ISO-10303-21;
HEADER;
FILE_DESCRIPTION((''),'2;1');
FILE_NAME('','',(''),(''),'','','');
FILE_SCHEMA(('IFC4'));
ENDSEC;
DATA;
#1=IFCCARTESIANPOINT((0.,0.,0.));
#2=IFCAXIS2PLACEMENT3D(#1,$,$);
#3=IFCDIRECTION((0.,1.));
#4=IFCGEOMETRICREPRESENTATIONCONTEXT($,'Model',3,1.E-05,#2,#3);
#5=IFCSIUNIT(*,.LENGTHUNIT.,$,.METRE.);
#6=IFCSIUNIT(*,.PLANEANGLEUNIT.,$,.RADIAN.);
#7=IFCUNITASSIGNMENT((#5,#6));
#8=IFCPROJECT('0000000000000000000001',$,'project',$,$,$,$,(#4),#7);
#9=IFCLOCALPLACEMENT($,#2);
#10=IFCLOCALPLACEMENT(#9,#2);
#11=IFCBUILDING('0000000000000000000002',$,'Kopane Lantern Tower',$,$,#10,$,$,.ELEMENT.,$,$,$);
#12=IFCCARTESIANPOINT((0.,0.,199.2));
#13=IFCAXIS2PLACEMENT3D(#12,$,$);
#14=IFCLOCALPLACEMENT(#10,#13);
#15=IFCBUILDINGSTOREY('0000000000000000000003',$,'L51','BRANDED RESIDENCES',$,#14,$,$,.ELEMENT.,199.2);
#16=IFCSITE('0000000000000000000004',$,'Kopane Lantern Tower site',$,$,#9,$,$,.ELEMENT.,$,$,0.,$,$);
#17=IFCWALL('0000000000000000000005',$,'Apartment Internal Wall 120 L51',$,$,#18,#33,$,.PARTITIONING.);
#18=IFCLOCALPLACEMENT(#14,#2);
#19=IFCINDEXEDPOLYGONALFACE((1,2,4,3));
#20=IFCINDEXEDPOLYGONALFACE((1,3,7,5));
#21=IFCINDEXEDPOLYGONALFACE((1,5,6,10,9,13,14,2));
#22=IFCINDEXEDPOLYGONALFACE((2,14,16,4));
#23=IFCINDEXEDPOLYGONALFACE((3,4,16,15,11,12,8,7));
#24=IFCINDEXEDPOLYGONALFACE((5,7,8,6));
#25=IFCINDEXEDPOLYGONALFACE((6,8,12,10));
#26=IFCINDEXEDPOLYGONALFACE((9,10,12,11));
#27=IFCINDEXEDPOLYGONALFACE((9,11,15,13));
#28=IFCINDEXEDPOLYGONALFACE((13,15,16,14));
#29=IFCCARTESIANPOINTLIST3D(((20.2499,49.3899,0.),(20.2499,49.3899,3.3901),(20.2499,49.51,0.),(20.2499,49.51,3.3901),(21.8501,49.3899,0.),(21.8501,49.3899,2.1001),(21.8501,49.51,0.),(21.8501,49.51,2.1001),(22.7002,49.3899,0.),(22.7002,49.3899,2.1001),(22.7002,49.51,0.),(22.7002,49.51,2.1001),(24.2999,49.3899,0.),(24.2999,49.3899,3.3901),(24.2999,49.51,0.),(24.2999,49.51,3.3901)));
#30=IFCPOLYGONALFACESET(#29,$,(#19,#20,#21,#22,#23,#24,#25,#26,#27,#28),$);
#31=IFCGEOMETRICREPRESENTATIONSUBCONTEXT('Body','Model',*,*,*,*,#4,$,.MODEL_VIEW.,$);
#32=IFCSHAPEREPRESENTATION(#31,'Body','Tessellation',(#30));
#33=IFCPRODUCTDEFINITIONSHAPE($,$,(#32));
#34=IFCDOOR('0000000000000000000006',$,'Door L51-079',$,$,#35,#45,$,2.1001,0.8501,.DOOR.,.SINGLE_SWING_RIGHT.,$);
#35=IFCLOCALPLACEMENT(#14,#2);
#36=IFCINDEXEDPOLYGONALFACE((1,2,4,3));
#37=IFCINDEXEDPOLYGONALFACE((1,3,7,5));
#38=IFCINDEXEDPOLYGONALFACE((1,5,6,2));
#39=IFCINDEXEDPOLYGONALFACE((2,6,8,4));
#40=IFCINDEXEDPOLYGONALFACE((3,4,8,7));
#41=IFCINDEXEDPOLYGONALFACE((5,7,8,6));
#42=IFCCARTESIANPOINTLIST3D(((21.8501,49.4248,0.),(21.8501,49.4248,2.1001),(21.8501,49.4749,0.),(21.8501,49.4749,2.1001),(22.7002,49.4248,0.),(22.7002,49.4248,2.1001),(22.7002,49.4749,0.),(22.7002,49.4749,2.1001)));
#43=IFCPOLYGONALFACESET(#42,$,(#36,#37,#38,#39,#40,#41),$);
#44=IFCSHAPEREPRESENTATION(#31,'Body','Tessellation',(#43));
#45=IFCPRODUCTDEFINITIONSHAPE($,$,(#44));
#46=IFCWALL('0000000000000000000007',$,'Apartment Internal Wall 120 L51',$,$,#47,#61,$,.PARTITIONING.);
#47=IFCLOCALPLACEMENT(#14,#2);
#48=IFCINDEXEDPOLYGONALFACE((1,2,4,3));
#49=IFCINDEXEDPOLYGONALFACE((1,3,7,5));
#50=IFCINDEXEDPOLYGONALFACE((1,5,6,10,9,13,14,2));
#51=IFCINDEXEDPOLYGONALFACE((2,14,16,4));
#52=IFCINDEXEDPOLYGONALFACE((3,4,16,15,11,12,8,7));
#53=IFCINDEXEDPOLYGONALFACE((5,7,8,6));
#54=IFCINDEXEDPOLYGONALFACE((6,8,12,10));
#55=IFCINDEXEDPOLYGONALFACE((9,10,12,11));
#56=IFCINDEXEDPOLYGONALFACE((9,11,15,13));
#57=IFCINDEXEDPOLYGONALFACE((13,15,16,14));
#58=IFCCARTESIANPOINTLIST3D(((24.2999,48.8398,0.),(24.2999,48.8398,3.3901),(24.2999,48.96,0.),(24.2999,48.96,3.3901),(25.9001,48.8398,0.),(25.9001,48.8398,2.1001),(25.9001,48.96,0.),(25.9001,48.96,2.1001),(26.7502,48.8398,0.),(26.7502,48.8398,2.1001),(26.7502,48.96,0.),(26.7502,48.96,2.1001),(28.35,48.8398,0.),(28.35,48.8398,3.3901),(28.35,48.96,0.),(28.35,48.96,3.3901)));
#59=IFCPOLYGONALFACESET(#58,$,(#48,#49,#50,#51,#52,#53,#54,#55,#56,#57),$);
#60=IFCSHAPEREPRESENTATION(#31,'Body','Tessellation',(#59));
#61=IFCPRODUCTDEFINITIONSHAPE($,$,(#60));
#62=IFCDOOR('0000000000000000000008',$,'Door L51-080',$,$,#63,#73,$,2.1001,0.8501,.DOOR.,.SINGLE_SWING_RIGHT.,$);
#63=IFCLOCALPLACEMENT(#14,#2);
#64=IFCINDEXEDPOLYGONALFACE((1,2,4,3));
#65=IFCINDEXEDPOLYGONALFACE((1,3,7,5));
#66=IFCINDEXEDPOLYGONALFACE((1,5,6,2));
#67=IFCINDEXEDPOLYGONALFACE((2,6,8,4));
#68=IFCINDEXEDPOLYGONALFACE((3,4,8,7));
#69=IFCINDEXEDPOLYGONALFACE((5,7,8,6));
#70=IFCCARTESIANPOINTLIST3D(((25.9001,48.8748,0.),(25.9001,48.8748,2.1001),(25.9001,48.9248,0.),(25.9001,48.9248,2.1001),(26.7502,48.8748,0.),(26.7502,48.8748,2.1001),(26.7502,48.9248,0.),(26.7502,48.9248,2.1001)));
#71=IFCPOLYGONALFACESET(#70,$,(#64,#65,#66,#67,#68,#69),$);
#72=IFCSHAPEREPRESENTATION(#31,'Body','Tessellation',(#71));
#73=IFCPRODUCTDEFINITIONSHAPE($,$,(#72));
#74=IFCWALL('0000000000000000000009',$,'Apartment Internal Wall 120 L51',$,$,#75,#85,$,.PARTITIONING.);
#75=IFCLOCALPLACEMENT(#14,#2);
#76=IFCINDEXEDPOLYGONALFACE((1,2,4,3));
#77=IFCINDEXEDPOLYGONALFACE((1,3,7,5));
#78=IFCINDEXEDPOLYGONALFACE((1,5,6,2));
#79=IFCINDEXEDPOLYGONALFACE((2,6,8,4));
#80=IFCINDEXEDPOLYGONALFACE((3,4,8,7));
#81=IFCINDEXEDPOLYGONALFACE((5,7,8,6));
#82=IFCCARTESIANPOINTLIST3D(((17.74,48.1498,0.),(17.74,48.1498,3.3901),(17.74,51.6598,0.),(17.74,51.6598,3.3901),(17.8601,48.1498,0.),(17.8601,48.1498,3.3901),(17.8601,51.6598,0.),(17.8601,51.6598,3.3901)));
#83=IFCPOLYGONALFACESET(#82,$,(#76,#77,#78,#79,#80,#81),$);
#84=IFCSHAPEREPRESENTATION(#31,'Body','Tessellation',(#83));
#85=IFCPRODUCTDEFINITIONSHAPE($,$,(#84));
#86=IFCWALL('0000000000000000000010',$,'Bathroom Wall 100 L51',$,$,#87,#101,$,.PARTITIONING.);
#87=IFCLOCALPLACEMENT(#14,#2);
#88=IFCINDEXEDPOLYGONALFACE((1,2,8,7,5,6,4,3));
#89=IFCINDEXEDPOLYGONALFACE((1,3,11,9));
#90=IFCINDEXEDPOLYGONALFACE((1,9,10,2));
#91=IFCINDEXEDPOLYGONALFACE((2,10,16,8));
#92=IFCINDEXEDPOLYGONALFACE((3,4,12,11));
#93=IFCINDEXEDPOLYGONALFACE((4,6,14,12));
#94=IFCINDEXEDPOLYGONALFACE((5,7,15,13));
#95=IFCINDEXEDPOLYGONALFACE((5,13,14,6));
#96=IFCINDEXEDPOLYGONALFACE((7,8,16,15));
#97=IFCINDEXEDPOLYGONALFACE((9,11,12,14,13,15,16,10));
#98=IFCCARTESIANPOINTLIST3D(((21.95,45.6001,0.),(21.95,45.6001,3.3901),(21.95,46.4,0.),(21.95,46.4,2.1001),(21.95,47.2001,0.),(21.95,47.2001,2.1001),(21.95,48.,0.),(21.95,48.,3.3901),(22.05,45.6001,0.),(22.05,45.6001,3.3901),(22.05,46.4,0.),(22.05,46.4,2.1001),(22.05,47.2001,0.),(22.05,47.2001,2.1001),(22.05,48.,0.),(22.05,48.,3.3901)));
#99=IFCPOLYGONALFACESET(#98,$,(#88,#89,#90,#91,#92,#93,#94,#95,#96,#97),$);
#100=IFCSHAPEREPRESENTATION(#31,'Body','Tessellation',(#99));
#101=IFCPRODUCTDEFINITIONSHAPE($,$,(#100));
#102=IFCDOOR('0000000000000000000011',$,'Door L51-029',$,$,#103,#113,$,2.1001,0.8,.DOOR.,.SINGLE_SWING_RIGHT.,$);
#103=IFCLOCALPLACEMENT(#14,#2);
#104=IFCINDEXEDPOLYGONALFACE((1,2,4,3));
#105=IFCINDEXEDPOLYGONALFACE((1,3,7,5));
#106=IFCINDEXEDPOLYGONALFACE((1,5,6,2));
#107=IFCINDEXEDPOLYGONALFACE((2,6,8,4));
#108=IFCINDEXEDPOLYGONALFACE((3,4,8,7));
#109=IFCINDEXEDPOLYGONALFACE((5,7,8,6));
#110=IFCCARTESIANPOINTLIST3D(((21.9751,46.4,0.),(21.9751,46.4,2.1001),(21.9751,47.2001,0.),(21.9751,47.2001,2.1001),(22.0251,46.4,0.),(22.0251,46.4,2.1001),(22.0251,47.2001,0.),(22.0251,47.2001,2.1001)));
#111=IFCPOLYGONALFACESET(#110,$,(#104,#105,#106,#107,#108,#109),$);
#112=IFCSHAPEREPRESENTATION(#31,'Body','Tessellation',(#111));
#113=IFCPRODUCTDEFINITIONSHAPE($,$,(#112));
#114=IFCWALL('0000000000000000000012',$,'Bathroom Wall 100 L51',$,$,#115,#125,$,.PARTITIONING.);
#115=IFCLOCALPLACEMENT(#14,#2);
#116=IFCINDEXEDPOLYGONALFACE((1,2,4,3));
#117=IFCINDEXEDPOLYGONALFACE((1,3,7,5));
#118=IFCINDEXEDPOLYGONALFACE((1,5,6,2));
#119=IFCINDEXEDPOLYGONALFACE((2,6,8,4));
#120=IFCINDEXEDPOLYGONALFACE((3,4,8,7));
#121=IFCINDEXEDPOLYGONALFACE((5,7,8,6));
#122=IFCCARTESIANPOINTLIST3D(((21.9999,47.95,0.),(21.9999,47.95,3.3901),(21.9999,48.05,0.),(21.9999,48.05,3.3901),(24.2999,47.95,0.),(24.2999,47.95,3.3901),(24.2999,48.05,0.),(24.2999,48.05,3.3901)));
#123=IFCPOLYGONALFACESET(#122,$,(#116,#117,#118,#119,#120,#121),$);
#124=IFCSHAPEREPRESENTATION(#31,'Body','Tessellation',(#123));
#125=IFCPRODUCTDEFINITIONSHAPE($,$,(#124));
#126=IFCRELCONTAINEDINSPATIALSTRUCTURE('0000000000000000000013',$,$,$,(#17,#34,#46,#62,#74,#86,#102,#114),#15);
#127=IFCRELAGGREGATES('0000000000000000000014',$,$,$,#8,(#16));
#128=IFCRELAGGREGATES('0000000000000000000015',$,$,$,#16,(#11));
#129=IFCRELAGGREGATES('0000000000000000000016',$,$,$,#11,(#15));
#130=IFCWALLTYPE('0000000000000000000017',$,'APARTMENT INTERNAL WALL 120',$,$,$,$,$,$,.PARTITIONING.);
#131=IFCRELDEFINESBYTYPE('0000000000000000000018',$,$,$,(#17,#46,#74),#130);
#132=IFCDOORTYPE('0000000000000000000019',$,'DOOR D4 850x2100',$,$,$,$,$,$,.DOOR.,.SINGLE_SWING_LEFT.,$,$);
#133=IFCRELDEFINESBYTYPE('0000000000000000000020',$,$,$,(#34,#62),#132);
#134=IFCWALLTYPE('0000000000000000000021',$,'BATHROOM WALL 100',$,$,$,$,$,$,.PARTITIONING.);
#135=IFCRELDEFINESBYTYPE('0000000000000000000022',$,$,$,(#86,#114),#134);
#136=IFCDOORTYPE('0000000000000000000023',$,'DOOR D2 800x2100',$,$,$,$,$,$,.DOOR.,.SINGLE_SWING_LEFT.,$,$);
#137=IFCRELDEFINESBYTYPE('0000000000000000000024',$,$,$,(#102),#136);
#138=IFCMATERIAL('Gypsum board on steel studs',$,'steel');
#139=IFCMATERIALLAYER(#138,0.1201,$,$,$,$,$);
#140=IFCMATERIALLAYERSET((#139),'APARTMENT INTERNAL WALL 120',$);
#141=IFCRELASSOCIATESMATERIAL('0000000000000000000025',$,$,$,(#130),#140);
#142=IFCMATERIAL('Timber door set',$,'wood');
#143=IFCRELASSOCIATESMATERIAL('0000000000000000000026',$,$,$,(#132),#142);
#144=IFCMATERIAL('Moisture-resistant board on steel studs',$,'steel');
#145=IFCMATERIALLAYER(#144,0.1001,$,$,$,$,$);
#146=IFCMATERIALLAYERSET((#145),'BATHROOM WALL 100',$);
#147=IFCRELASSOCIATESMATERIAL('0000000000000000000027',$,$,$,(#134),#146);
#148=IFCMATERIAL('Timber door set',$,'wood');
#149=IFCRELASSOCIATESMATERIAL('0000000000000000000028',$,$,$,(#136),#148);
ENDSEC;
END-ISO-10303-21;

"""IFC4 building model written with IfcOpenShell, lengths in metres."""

from ifc_helpers import new_model, si_unit, direction, frame, frame_2d, origin, place, context, subcontext, project, spatial, rectangle, extrude, material, layer, layer_set, type_object, element, fill, save


model = new_model("IFC4")

# Units and contexts
model_context = context("Model", 3, precision=1e-05, world=origin(), true_north=direction((0.0, 1.0)))
body_context = subcontext(model_context, "Body", "Model", "MODEL_VIEW")
ifc_project = project(units=[si_unit("LENGTHUNIT", "METRE"), si_unit("PLANEANGLEUNIT", "RADIAN")], contexts=[model_context])

# Site, building, storey
site_placement = place(None, origin())
site = spatial("IfcSite", under=ifc_project, at=site_placement, Name="Kopane Lantern Tower site", CompositionType="ELEMENT", RefElevation=0.0)
building_placement = place(site_placement, origin())
building = spatial("IfcBuilding", under=site, at=building_placement, Name="Kopane Lantern Tower", CompositionType="ELEMENT")
storey_placement = place(building_placement, frame((0.0, 0.0, 199.2)))
storey = spatial("IfcBuildingStorey", under=building, at=storey_placement, Name="L51", Description="BRANDED RESIDENCES", CompositionType="ELEMENT", Elevation=199.2)

# Shared definitions
ifc_material_1 = material(Name="Gypsum board on steel studs", Category="steel")
ifc_layer_1 = layer(ifc_material_1, 0.1201)
ifc_layer_set_1 = layer_set([ifc_layer_1], Name="APARTMENT INTERNAL WALL 120")
wall_type_1 = type_object("IfcWallType", Name="APARTMENT INTERNAL WALL 120", PredefinedType="PARTITIONING", material=ifc_layer_set_1)

# Walls, openings, doors
ifc_material_2 = material(Name="Timber door set", Category="wood")
door_type_1 = type_object("IfcDoorType", Name="DOOR D4 850x2100", OperationType="SINGLE_SWING_LEFT", PredefinedType="DOOR", material=ifc_material_2)
wall_1_placement = place(storey_placement, frame((20.25, 49.45, 0.0), z_axis=(0.0, 0.0, 1.0), x_axis=(1.0, 0.0, 0.0)))
wall_1 = element("IfcWall", 1, at=wall_1_placement, inside=storey, type_object=wall_type_1, Name="Apartment Internal Wall 120 L51", PredefinedType="PARTITIONING", context=body_context, shape_type="SweptSolid", body=[
    extrude(rectangle(XDim=4.05, YDim=0.1201, at=frame_2d((2.0249, 0.0))), origin(), (0.0, 0.0, 1.0), 3.3901),
])
opening_1_placement = place(wall_1_placement, frame((1.6001, 0.0, 0.0)))
opening_1 = element("IfcOpeningElement", 2, at=opening_1_placement, cuts=wall_1, PredefinedType="OPENING", context=body_context, shape_type="SweptSolid", body=[
    extrude(rectangle(XDim=0.8501, YDim=2.1001, at=frame_2d((0.425, 1.05))), frame((0.0, 0.0701, 0.0), z_axis=(0.0, -1.0, 0.0), x_axis=(1.0, 0.0, 0.0)), (0.0, 0.0, 1.0), 0.1401),
])
door_1_placement = place(opening_1_placement, origin())
door_1 = element("IfcDoor", 3, at=door_1_placement, inside=storey, type_object=door_type_1, Name="Door L51-079", OperationType="SINGLE_SWING_RIGHT", OverallHeight=2.1001, OverallWidth=0.8501, PredefinedType="DOOR", context=body_context, shape_type="SweptSolid", body=[
    extrude(rectangle(XDim=0.8501, YDim=2.1001, at=frame_2d((0.425, 1.05))), frame((0.0, 0.0249, 0.0), z_axis=(0.0, -1.0, 0.0), x_axis=(1.0, 0.0, 0.0)), (0.0, 0.0, 1.0), 0.05),
])
fill(opening_1, door_1)
wall_2_placement = place(storey_placement, frame((24.3, 48.8999, 0.0), z_axis=(0.0, 0.0, 1.0), x_axis=(1.0, 0.0, 0.0)))
wall_2 = element("IfcWall", 4, at=wall_2_placement, inside=storey, type_object=wall_type_1, Name="Apartment Internal Wall 120 L51", PredefinedType="PARTITIONING", context=body_context, shape_type="SweptSolid", body=[
    extrude(rectangle(XDim=4.05, YDim=0.1201, at=frame_2d((2.0249, 0.0))), origin(), (0.0, 0.0, 1.0), 3.3901),
])
opening_2_placement = place(wall_2_placement, frame((1.6001, 0.0, 0.0)))
opening_2 = element("IfcOpeningElement", 5, at=opening_2_placement, cuts=wall_2, PredefinedType="OPENING", context=body_context, shape_type="SweptSolid", body=[
    extrude(rectangle(XDim=0.8501, YDim=2.1001, at=frame_2d((0.425, 1.05))), frame((0.0, 0.0701, 0.0), z_axis=(0.0, -1.0, 0.0), x_axis=(1.0, 0.0, 0.0)), (0.0, 0.0, 1.0), 0.1401),
])
door_2_placement = place(opening_2_placement, origin())
door_2 = element("IfcDoor", 6, at=door_2_placement, inside=storey, type_object=door_type_1, Name="Door L51-080", OperationType="SINGLE_SWING_RIGHT", OverallHeight=2.1001, OverallWidth=0.8501, PredefinedType="DOOR", context=body_context, shape_type="SweptSolid", body=[
    extrude(rectangle(XDim=0.8501, YDim=2.1001, at=frame_2d((0.425, 1.05))), frame((0.0, 0.0249, 0.0), z_axis=(0.0, -1.0, 0.0), x_axis=(1.0, 0.0, 0.0)), (0.0, 0.0, 1.0), 0.05),
])
fill(opening_2, door_2)

# Wall
wall_3_placement = place(storey_placement, frame((17.8, 48.1499, 0.0), z_axis=(0.0, 0.0, 1.0), x_axis=(0.0, 1.0, 0.0)))
element("IfcWall", 7, at=wall_3_placement, inside=storey, type_object=wall_type_1, Name="Apartment Internal Wall 120 L51", PredefinedType="PARTITIONING", context=body_context, shape_type="SweptSolid", body=[
    extrude(rectangle(XDim=3.51, YDim=0.1201, at=frame_2d((1.7549, 0.0))), origin(), (0.0, 0.0, 1.0), 3.3901),
])

# Wall, opening, door
ifc_material_3 = material(Name="Moisture-resistant board on steel studs", Category="steel")
ifc_layer_2 = layer(ifc_material_3, 0.1001)
ifc_layer_set_2 = layer_set([ifc_layer_2], Name="BATHROOM WALL 100")
wall_type_2 = type_object("IfcWallType", Name="BATHROOM WALL 100", PredefinedType="PARTITIONING", material=ifc_layer_set_2)
wall_4_placement = place(storey_placement, frame((22.0, 45.6001, 0.0), z_axis=(0.0, 0.0, 1.0), x_axis=(0.0, 1.0, 0.0)))
wall_4 = element("IfcWall", 8, at=wall_4_placement, inside=storey, type_object=wall_type_2, Name="Bathroom Wall 100 L51", PredefinedType="PARTITIONING", context=body_context, shape_type="SweptSolid", body=[
    extrude(rectangle(XDim=2.3999, YDim=0.1001, at=frame_2d((1.2, 0.0))), origin(), (0.0, 0.0, 1.0), 3.3901),
])
opening_3_placement = place(wall_4_placement, frame((0.8, 0.0, 0.0)))
opening_3 = element("IfcOpeningElement", 9, at=opening_3_placement, cuts=wall_4, PredefinedType="OPENING", context=body_context, shape_type="SweptSolid", body=[
    extrude(rectangle(XDim=0.8, YDim=2.1001, at=frame_2d((0.3999, 1.05))), frame((0.0, 0.0601, 0.0), z_axis=(0.0, -1.0, 0.0), x_axis=(1.0, 0.0, 0.0)), (0.0, 0.0, 1.0), 0.1201),
])
ifc_material_4 = material(Name="Timber door set", Category="wood")
door_type_2 = type_object("IfcDoorType", Name="DOOR D2 800x2100", OperationType="SINGLE_SWING_LEFT", PredefinedType="DOOR", material=ifc_material_4)
door_3_placement = place(opening_3_placement, origin())
door_3 = element("IfcDoor", 10, at=door_3_placement, inside=storey, type_object=door_type_2, Name="Door L51-029", OperationType="SINGLE_SWING_RIGHT", OverallHeight=2.1001, OverallWidth=0.8, PredefinedType="DOOR", context=body_context, shape_type="SweptSolid", body=[
    extrude(rectangle(XDim=0.8, YDim=2.1001, at=frame_2d((0.3999, 1.05))), frame((0.0, 0.0249, 0.0), z_axis=(0.0, -1.0, 0.0), x_axis=(1.0, 0.0, 0.0)), (0.0, 0.0, 1.0), 0.05),
])
fill(opening_3, door_3)

# Wall
wall_5_placement = place(storey_placement, frame((22.0, 48.0, 0.0), z_axis=(0.0, 0.0, 1.0), x_axis=(1.0, 0.0, 0.0)))
element("IfcWall", 11, at=wall_5_placement, inside=storey, type_object=wall_type_2, Name="Bathroom Wall 100 L51", PredefinedType="PARTITIONING", context=body_context, shape_type="SweptSolid", body=[
    extrude(rectangle(XDim=2.3, YDim=0.1001, at=frame_2d((1.1499, 0.0))), origin(), (0.0, 0.0, 1.0), 3.3901),
])

save(model, "model.ifc")
